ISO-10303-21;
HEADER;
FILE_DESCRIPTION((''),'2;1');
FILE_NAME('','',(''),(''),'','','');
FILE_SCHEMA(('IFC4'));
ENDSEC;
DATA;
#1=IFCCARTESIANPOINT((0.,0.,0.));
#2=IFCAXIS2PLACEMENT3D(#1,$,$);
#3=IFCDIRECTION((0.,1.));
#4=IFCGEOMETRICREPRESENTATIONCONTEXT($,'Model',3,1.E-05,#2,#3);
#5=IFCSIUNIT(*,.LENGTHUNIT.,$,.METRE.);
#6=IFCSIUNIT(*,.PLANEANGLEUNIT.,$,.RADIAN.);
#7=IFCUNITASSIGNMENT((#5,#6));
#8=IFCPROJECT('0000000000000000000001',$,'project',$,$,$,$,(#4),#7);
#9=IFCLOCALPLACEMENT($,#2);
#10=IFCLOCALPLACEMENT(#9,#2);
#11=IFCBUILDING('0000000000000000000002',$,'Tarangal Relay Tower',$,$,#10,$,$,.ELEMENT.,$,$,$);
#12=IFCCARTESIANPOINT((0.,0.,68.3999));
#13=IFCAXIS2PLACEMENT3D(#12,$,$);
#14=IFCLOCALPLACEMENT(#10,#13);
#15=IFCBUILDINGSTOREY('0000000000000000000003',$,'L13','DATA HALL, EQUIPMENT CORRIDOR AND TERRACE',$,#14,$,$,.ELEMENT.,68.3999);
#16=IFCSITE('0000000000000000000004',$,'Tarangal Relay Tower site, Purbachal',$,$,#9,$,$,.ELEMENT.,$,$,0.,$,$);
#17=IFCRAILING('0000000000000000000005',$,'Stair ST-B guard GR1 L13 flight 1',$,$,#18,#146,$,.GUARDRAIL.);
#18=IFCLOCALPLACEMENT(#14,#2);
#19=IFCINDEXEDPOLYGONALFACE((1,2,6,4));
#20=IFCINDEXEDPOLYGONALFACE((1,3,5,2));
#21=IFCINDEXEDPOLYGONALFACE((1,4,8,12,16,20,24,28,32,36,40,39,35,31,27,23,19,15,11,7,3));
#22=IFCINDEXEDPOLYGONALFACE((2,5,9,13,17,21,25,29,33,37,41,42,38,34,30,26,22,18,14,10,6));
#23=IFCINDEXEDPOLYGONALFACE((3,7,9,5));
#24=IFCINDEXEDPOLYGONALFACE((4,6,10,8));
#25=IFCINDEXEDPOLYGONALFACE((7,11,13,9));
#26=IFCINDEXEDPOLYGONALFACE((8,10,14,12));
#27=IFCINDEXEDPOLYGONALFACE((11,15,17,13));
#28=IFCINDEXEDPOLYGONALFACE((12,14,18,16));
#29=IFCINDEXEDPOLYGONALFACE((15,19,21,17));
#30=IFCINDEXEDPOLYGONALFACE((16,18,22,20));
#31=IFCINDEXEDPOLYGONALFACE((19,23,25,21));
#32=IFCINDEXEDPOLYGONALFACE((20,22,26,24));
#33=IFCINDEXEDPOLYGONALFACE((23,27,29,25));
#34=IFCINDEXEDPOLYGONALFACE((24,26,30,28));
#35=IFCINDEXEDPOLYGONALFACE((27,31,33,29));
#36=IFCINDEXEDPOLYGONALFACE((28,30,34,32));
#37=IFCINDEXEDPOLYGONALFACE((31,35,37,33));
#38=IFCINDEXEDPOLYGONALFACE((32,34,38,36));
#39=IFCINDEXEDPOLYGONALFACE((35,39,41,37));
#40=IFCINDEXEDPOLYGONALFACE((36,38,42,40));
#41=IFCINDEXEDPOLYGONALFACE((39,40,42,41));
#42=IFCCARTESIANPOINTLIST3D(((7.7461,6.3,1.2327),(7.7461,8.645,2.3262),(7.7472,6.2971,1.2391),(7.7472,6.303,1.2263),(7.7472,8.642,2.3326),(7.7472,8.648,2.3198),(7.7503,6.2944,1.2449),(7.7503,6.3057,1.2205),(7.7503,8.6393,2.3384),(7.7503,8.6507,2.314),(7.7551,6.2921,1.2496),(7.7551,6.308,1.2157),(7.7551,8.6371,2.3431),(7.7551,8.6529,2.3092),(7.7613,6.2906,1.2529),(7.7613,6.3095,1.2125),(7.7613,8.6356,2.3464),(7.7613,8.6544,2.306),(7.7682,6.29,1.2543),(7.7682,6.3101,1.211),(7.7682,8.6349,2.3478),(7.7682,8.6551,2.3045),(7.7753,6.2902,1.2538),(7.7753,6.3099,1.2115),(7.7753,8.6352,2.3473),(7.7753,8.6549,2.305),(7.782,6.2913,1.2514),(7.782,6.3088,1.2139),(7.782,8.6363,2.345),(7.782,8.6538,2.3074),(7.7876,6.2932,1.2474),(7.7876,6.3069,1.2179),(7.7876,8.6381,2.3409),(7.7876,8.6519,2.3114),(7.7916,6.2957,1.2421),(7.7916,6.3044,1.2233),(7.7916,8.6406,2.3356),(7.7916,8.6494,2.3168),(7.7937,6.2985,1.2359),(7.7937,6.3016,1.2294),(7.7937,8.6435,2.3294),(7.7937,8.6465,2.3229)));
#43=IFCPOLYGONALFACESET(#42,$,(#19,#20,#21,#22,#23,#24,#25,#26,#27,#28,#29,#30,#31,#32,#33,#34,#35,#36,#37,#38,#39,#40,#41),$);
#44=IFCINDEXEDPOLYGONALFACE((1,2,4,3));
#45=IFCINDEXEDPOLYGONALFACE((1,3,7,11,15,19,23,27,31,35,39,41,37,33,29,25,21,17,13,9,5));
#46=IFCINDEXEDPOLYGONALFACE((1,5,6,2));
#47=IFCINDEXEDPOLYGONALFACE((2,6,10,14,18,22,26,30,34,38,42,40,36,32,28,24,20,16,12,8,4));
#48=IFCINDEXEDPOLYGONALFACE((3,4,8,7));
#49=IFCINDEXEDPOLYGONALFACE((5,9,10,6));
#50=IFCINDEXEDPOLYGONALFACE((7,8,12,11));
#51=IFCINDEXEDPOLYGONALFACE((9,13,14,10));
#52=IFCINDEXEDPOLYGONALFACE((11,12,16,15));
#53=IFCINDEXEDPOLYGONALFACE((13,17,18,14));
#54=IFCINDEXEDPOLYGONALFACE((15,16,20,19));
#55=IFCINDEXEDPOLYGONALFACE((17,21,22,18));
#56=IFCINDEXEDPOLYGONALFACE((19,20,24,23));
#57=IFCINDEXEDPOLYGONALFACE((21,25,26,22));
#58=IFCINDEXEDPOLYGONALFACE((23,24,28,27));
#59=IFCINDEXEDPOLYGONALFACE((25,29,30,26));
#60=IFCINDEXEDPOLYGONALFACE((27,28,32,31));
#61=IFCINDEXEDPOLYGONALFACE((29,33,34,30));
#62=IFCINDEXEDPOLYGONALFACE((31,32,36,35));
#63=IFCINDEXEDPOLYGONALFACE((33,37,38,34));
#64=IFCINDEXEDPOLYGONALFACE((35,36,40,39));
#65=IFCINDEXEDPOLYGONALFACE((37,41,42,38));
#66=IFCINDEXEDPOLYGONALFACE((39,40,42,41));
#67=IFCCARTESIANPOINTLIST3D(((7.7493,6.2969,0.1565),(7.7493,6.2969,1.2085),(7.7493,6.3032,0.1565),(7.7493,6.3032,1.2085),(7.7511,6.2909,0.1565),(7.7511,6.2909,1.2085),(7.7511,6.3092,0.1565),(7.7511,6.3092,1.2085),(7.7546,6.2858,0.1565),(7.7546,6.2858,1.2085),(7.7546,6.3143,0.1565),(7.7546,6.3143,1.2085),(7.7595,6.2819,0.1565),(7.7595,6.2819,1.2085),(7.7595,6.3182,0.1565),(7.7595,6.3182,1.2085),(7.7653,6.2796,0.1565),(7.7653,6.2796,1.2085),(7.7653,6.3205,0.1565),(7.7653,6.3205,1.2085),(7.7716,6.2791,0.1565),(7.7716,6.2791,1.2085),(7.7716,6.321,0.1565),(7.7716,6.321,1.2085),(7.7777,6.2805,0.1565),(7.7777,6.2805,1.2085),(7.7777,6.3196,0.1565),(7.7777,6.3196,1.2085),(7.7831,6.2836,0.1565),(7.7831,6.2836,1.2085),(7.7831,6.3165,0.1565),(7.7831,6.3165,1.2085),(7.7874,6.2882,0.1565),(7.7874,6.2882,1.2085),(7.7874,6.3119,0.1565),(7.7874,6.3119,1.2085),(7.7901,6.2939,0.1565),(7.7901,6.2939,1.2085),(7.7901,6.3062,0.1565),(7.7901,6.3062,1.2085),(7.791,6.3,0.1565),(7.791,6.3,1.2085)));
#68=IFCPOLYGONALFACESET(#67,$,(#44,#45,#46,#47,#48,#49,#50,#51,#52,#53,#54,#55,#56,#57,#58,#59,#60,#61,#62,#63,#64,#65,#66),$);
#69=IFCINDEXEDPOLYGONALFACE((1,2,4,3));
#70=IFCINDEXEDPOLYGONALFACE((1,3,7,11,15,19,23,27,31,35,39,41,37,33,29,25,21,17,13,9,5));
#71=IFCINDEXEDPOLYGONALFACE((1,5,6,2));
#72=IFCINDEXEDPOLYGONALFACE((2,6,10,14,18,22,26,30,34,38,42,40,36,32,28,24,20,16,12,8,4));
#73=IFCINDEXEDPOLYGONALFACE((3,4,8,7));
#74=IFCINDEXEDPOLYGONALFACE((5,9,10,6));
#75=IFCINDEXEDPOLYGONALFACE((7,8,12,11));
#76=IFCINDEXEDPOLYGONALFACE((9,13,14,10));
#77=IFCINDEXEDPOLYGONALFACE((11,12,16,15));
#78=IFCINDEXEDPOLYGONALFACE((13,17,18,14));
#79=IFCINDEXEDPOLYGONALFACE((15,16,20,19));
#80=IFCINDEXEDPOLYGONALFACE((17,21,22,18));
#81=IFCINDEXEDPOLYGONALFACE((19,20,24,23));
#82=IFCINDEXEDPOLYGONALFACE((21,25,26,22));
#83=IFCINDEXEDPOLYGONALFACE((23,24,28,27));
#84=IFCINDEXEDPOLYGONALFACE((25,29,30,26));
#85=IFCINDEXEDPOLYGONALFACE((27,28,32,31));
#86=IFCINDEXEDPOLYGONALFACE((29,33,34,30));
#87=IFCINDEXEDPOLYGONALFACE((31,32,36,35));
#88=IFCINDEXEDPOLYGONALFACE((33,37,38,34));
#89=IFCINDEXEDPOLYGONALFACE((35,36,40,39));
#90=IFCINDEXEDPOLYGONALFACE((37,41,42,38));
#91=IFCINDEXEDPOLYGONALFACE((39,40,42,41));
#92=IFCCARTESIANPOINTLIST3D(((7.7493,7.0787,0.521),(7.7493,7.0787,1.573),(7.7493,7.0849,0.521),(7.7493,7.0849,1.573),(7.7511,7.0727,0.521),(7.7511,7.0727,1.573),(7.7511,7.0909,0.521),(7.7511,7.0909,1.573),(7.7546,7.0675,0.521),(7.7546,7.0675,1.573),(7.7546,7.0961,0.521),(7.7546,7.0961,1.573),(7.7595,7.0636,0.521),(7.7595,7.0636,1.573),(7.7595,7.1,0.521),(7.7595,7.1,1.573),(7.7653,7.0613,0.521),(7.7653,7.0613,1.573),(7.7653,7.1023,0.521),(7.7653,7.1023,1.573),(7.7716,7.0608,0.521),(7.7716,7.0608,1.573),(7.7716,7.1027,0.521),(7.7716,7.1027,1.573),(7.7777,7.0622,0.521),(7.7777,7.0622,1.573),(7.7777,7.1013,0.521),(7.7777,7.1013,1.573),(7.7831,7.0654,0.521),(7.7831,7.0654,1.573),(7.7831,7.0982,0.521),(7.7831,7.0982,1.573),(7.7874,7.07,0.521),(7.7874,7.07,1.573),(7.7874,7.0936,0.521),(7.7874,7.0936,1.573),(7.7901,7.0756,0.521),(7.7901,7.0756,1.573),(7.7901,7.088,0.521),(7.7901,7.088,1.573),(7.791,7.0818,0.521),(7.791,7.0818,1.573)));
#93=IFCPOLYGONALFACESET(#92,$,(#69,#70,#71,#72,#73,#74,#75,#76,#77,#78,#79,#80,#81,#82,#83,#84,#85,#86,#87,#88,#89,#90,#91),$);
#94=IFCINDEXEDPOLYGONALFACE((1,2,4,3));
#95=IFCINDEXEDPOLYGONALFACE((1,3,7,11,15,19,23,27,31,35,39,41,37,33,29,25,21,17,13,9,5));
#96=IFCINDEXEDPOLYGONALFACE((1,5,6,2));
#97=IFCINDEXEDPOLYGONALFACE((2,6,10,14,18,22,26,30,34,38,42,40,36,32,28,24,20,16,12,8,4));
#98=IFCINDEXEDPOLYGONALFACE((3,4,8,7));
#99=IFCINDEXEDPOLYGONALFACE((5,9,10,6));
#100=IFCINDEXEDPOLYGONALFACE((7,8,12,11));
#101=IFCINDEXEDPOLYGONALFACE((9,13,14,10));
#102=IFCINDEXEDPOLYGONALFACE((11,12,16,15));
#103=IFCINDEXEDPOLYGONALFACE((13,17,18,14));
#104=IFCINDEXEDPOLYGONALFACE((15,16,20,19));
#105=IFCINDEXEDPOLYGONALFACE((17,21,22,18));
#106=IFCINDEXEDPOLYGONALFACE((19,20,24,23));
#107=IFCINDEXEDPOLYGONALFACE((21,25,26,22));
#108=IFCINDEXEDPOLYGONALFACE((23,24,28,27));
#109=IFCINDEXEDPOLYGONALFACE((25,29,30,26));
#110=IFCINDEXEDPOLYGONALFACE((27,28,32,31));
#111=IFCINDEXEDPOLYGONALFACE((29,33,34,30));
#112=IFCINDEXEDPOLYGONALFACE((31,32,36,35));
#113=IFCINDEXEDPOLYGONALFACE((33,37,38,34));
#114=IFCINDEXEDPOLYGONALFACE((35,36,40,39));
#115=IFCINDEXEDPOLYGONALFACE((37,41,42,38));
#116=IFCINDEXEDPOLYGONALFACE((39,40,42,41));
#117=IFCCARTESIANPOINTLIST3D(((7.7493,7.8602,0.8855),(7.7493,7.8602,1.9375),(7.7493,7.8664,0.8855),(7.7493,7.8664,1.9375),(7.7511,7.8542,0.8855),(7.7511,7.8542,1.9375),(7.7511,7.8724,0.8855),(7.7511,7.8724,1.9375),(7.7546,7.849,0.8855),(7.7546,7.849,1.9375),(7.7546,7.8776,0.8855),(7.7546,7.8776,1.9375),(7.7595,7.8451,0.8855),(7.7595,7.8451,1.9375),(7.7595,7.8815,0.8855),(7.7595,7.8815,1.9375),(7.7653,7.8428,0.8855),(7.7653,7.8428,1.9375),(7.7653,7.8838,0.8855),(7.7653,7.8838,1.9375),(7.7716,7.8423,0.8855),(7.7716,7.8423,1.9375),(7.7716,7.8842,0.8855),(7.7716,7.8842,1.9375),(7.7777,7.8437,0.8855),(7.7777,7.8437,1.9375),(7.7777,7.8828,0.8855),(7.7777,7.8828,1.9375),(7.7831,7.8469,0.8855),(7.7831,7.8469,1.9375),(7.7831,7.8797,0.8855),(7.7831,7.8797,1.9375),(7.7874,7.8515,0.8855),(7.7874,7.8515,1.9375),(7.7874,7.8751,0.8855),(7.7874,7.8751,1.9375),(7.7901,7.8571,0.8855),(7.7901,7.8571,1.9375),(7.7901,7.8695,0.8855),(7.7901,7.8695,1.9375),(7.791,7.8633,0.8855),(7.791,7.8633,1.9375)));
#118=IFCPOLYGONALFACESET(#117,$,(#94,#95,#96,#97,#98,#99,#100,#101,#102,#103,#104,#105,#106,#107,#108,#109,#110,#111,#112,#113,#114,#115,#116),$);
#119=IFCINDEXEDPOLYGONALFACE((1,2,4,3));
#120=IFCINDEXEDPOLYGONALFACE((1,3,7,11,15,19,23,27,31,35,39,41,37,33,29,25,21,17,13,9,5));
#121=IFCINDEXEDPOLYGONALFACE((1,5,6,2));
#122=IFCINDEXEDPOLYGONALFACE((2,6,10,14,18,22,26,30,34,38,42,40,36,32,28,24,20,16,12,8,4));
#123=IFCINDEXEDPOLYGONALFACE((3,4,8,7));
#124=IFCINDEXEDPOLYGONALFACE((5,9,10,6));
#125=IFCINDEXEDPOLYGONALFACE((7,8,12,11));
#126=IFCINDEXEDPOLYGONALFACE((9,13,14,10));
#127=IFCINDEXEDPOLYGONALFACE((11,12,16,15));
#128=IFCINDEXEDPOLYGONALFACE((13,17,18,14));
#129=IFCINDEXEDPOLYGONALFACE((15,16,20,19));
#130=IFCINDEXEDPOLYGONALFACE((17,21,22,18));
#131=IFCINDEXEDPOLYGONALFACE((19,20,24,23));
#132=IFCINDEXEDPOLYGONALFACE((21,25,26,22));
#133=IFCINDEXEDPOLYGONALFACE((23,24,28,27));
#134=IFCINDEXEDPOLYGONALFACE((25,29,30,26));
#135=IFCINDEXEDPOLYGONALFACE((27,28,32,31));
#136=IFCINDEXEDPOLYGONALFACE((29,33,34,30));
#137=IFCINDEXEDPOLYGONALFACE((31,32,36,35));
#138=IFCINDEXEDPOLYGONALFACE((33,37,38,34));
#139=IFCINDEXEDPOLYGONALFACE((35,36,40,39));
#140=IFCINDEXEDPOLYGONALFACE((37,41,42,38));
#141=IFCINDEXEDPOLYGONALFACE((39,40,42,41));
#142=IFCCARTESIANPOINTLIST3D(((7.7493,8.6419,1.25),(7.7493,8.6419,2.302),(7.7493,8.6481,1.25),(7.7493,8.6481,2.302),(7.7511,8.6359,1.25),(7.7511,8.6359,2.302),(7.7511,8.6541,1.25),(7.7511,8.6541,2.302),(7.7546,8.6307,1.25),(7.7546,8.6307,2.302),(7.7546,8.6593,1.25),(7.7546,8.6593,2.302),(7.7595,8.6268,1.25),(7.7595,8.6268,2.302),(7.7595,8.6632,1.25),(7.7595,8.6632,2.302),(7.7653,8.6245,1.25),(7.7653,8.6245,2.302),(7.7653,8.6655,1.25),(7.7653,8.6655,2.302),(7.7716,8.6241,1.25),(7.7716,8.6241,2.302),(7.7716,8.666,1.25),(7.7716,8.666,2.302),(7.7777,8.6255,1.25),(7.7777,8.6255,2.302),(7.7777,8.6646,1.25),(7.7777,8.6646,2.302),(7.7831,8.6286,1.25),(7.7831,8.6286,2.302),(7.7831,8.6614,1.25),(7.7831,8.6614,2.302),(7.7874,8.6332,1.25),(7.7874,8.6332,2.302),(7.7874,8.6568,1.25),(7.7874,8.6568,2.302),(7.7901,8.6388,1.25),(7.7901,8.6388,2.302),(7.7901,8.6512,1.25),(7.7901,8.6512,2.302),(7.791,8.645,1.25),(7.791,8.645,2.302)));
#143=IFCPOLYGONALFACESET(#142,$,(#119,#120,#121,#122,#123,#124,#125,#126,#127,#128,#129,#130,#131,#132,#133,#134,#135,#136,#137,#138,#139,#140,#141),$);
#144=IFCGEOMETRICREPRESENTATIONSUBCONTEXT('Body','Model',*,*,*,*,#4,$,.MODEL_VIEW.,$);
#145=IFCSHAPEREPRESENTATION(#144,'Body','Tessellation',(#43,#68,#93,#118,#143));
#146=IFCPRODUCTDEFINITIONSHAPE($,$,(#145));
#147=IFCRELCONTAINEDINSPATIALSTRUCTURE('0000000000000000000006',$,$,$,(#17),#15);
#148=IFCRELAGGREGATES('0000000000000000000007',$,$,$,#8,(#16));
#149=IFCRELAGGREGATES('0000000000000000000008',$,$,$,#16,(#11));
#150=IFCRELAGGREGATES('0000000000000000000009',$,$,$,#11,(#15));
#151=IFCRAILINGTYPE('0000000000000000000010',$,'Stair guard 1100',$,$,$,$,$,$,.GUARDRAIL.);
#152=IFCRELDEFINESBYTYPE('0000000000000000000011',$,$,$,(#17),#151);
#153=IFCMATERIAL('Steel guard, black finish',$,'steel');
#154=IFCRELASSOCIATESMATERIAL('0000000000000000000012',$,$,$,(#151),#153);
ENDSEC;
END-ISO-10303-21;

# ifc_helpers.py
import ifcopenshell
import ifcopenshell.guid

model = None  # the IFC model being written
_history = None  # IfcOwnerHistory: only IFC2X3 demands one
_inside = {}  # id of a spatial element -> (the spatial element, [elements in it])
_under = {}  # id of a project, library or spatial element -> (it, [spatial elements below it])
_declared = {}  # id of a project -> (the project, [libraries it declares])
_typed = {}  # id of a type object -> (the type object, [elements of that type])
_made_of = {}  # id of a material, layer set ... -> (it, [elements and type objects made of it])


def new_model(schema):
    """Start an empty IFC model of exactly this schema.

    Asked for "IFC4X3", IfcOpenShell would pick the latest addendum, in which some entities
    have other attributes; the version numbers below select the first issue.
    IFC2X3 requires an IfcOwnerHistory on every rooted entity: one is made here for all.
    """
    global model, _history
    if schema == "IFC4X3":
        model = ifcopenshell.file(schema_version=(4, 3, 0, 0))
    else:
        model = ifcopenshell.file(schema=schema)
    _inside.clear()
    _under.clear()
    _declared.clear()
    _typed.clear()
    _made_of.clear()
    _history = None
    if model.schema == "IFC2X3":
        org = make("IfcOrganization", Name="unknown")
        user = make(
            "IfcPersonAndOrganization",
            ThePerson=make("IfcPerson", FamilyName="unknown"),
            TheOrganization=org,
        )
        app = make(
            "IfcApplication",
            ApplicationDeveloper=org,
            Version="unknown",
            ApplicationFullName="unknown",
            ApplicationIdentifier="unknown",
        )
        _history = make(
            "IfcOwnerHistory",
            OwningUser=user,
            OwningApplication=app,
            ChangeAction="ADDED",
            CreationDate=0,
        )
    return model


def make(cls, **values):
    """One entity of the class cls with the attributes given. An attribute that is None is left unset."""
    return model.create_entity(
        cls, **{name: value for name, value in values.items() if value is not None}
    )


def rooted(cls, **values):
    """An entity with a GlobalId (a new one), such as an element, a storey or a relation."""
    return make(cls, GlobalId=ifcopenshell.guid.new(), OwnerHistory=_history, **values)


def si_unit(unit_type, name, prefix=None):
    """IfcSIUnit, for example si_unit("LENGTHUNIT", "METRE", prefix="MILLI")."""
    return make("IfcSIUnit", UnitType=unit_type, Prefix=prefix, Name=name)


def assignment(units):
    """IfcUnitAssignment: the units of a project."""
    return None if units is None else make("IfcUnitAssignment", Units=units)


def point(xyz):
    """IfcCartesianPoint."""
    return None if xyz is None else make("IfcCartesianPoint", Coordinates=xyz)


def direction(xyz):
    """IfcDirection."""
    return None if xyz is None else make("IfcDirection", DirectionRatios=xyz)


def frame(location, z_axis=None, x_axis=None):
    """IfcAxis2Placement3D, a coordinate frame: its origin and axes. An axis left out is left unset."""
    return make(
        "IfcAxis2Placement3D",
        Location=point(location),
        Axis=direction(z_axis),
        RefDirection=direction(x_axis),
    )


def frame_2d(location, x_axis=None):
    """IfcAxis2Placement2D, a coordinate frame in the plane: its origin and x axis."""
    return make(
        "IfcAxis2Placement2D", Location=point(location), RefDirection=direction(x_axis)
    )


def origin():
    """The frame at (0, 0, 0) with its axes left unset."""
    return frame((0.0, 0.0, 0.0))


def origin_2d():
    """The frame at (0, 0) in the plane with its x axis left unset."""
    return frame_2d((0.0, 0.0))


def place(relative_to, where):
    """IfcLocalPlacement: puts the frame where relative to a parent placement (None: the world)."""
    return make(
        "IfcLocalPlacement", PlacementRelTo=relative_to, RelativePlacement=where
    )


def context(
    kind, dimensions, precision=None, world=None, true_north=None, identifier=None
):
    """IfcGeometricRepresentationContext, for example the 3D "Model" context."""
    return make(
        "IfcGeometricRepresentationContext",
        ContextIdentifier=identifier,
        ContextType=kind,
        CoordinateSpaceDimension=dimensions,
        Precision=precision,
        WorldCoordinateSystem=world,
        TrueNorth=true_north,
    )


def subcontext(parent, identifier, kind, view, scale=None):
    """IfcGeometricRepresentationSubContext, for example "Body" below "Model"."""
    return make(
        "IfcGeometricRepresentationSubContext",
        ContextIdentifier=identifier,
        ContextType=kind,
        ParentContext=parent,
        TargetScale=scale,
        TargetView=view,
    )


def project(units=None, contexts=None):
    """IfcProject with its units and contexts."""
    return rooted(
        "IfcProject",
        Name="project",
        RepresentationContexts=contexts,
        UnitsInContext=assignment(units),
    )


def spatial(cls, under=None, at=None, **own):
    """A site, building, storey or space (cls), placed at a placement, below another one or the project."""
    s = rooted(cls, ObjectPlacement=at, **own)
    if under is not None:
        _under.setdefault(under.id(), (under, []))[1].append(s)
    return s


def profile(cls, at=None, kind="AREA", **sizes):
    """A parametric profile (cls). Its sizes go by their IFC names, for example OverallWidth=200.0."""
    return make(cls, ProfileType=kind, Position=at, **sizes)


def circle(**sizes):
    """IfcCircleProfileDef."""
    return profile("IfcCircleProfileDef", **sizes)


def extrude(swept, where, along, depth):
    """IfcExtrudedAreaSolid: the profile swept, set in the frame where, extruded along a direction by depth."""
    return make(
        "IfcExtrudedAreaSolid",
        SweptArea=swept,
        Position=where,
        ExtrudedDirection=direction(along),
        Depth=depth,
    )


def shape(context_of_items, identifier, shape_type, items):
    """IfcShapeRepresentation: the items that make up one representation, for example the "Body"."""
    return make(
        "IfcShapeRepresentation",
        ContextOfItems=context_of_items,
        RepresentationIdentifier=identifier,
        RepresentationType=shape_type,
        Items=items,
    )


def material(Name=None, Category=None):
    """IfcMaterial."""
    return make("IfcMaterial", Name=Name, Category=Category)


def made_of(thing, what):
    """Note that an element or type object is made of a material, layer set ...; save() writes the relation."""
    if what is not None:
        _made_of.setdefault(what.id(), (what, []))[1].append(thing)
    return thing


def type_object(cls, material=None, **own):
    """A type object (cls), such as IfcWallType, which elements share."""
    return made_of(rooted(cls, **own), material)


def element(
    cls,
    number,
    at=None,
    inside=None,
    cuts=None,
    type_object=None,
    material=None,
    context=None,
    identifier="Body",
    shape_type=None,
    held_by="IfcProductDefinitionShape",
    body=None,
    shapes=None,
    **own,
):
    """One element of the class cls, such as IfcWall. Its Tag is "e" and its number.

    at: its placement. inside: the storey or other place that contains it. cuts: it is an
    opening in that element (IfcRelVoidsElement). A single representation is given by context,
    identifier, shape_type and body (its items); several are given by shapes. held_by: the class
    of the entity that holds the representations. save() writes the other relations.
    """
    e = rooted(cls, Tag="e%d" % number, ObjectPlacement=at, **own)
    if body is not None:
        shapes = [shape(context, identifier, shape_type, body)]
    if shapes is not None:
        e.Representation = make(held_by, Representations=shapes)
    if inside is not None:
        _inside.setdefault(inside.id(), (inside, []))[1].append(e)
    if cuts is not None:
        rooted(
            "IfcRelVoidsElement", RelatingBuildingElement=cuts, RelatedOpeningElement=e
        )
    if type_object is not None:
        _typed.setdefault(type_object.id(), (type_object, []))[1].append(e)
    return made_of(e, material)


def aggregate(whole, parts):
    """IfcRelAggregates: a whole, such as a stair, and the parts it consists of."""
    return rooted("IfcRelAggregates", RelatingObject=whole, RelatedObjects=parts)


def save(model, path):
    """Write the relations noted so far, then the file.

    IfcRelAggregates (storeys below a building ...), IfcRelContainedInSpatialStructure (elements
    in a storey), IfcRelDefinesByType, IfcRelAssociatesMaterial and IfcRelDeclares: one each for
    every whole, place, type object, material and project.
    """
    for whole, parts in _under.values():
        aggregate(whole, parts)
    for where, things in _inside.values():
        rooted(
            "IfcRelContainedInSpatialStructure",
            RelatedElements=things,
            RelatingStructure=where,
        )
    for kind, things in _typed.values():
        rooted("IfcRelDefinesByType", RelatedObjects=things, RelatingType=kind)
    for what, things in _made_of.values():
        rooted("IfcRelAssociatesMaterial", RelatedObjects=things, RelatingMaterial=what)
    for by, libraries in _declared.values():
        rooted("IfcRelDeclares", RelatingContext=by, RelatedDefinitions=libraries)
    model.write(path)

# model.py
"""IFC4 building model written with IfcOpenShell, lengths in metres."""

from ifc_helpers import new_model, si_unit, direction, frame, origin, origin_2d, place, context, subcontext, project, spatial, circle, extrude, material, type_object, element, save


model = new_model("IFC4")

# Units and contexts
model_context = context("Model", 3, precision=1e-05, world=origin(), true_north=direction((0.0, 1.0)))
body_context = subcontext(model_context, "Body", "Model", "MODEL_VIEW")
ifc_project = project(units=[si_unit("LENGTHUNIT", "METRE"), si_unit("PLANEANGLEUNIT", "RADIAN")], contexts=[model_context])

# Site, building, storey
site_placement = place(None, origin())
site = spatial("IfcSite", under=ifc_project, at=site_placement, Name="Tarangal Relay Tower site, Purbachal", CompositionType="ELEMENT", RefElevation=0.0)
building_placement = place(site_placement, origin())
building = spatial("IfcBuilding", under=site, at=building_placement, Name="Tarangal Relay Tower", CompositionType="ELEMENT")
storey_placement = place(building_placement, frame((0.0, 0.0, 68.3999)))
storey = spatial("IfcBuildingStorey", under=building, at=storey_placement, Name="L13", Description="DATA HALL, EQUIPMENT CORRIDOR AND TERRACE", CompositionType="ELEMENT", Elevation=68.3999)

# Railing
ifc_material_1 = material(Name="Steel guard, black finish", Category="steel")
railing_type_1 = type_object("IfcRailingType", Name="Stair guard 1100", PredefinedType="GUARDRAIL", material=ifc_material_1)
railing_1_placement = place(storey_placement, frame((7.77, 6.3, 0.1565)))
element("IfcRailing", 1, at=railing_1_placement, inside=storey, type_object=railing_type_1, Name="Stair ST-B guard GR1 L13 flight 1", PredefinedType="GUARDRAIL", context=body_context, shape_type="SweptSolid", body=[
    extrude(circle(Radius=0.0239, at=origin_2d()), frame((0.0, 0.0, 1.0762), z_axis=(0.0, 0.906304, 0.422627), x_axis=(-1.0, 0.0, 0.0)), (0.0, 0.0, 1.0), 2.5874),
    extrude(circle(Radius=0.021, at=origin_2d()), origin(), (0.0, 0.0, 1.0), 1.052),
    extrude(circle(Radius=0.021, at=origin_2d()), frame((0.0, 0.7817, 0.3645)), (0.0, 0.0, 1.0), 1.052),
    extrude(circle(Radius=0.021, at=origin_2d()), frame((0.0, 1.5632, 0.729)), (0.0, 0.0, 1.0), 1.052),
    extrude(circle(Radius=0.021, at=origin_2d()), frame((0.0, 2.345, 1.0935)), (0.0, 0.0, 1.0), 1.052),
])

save(model, "model.ifc")
